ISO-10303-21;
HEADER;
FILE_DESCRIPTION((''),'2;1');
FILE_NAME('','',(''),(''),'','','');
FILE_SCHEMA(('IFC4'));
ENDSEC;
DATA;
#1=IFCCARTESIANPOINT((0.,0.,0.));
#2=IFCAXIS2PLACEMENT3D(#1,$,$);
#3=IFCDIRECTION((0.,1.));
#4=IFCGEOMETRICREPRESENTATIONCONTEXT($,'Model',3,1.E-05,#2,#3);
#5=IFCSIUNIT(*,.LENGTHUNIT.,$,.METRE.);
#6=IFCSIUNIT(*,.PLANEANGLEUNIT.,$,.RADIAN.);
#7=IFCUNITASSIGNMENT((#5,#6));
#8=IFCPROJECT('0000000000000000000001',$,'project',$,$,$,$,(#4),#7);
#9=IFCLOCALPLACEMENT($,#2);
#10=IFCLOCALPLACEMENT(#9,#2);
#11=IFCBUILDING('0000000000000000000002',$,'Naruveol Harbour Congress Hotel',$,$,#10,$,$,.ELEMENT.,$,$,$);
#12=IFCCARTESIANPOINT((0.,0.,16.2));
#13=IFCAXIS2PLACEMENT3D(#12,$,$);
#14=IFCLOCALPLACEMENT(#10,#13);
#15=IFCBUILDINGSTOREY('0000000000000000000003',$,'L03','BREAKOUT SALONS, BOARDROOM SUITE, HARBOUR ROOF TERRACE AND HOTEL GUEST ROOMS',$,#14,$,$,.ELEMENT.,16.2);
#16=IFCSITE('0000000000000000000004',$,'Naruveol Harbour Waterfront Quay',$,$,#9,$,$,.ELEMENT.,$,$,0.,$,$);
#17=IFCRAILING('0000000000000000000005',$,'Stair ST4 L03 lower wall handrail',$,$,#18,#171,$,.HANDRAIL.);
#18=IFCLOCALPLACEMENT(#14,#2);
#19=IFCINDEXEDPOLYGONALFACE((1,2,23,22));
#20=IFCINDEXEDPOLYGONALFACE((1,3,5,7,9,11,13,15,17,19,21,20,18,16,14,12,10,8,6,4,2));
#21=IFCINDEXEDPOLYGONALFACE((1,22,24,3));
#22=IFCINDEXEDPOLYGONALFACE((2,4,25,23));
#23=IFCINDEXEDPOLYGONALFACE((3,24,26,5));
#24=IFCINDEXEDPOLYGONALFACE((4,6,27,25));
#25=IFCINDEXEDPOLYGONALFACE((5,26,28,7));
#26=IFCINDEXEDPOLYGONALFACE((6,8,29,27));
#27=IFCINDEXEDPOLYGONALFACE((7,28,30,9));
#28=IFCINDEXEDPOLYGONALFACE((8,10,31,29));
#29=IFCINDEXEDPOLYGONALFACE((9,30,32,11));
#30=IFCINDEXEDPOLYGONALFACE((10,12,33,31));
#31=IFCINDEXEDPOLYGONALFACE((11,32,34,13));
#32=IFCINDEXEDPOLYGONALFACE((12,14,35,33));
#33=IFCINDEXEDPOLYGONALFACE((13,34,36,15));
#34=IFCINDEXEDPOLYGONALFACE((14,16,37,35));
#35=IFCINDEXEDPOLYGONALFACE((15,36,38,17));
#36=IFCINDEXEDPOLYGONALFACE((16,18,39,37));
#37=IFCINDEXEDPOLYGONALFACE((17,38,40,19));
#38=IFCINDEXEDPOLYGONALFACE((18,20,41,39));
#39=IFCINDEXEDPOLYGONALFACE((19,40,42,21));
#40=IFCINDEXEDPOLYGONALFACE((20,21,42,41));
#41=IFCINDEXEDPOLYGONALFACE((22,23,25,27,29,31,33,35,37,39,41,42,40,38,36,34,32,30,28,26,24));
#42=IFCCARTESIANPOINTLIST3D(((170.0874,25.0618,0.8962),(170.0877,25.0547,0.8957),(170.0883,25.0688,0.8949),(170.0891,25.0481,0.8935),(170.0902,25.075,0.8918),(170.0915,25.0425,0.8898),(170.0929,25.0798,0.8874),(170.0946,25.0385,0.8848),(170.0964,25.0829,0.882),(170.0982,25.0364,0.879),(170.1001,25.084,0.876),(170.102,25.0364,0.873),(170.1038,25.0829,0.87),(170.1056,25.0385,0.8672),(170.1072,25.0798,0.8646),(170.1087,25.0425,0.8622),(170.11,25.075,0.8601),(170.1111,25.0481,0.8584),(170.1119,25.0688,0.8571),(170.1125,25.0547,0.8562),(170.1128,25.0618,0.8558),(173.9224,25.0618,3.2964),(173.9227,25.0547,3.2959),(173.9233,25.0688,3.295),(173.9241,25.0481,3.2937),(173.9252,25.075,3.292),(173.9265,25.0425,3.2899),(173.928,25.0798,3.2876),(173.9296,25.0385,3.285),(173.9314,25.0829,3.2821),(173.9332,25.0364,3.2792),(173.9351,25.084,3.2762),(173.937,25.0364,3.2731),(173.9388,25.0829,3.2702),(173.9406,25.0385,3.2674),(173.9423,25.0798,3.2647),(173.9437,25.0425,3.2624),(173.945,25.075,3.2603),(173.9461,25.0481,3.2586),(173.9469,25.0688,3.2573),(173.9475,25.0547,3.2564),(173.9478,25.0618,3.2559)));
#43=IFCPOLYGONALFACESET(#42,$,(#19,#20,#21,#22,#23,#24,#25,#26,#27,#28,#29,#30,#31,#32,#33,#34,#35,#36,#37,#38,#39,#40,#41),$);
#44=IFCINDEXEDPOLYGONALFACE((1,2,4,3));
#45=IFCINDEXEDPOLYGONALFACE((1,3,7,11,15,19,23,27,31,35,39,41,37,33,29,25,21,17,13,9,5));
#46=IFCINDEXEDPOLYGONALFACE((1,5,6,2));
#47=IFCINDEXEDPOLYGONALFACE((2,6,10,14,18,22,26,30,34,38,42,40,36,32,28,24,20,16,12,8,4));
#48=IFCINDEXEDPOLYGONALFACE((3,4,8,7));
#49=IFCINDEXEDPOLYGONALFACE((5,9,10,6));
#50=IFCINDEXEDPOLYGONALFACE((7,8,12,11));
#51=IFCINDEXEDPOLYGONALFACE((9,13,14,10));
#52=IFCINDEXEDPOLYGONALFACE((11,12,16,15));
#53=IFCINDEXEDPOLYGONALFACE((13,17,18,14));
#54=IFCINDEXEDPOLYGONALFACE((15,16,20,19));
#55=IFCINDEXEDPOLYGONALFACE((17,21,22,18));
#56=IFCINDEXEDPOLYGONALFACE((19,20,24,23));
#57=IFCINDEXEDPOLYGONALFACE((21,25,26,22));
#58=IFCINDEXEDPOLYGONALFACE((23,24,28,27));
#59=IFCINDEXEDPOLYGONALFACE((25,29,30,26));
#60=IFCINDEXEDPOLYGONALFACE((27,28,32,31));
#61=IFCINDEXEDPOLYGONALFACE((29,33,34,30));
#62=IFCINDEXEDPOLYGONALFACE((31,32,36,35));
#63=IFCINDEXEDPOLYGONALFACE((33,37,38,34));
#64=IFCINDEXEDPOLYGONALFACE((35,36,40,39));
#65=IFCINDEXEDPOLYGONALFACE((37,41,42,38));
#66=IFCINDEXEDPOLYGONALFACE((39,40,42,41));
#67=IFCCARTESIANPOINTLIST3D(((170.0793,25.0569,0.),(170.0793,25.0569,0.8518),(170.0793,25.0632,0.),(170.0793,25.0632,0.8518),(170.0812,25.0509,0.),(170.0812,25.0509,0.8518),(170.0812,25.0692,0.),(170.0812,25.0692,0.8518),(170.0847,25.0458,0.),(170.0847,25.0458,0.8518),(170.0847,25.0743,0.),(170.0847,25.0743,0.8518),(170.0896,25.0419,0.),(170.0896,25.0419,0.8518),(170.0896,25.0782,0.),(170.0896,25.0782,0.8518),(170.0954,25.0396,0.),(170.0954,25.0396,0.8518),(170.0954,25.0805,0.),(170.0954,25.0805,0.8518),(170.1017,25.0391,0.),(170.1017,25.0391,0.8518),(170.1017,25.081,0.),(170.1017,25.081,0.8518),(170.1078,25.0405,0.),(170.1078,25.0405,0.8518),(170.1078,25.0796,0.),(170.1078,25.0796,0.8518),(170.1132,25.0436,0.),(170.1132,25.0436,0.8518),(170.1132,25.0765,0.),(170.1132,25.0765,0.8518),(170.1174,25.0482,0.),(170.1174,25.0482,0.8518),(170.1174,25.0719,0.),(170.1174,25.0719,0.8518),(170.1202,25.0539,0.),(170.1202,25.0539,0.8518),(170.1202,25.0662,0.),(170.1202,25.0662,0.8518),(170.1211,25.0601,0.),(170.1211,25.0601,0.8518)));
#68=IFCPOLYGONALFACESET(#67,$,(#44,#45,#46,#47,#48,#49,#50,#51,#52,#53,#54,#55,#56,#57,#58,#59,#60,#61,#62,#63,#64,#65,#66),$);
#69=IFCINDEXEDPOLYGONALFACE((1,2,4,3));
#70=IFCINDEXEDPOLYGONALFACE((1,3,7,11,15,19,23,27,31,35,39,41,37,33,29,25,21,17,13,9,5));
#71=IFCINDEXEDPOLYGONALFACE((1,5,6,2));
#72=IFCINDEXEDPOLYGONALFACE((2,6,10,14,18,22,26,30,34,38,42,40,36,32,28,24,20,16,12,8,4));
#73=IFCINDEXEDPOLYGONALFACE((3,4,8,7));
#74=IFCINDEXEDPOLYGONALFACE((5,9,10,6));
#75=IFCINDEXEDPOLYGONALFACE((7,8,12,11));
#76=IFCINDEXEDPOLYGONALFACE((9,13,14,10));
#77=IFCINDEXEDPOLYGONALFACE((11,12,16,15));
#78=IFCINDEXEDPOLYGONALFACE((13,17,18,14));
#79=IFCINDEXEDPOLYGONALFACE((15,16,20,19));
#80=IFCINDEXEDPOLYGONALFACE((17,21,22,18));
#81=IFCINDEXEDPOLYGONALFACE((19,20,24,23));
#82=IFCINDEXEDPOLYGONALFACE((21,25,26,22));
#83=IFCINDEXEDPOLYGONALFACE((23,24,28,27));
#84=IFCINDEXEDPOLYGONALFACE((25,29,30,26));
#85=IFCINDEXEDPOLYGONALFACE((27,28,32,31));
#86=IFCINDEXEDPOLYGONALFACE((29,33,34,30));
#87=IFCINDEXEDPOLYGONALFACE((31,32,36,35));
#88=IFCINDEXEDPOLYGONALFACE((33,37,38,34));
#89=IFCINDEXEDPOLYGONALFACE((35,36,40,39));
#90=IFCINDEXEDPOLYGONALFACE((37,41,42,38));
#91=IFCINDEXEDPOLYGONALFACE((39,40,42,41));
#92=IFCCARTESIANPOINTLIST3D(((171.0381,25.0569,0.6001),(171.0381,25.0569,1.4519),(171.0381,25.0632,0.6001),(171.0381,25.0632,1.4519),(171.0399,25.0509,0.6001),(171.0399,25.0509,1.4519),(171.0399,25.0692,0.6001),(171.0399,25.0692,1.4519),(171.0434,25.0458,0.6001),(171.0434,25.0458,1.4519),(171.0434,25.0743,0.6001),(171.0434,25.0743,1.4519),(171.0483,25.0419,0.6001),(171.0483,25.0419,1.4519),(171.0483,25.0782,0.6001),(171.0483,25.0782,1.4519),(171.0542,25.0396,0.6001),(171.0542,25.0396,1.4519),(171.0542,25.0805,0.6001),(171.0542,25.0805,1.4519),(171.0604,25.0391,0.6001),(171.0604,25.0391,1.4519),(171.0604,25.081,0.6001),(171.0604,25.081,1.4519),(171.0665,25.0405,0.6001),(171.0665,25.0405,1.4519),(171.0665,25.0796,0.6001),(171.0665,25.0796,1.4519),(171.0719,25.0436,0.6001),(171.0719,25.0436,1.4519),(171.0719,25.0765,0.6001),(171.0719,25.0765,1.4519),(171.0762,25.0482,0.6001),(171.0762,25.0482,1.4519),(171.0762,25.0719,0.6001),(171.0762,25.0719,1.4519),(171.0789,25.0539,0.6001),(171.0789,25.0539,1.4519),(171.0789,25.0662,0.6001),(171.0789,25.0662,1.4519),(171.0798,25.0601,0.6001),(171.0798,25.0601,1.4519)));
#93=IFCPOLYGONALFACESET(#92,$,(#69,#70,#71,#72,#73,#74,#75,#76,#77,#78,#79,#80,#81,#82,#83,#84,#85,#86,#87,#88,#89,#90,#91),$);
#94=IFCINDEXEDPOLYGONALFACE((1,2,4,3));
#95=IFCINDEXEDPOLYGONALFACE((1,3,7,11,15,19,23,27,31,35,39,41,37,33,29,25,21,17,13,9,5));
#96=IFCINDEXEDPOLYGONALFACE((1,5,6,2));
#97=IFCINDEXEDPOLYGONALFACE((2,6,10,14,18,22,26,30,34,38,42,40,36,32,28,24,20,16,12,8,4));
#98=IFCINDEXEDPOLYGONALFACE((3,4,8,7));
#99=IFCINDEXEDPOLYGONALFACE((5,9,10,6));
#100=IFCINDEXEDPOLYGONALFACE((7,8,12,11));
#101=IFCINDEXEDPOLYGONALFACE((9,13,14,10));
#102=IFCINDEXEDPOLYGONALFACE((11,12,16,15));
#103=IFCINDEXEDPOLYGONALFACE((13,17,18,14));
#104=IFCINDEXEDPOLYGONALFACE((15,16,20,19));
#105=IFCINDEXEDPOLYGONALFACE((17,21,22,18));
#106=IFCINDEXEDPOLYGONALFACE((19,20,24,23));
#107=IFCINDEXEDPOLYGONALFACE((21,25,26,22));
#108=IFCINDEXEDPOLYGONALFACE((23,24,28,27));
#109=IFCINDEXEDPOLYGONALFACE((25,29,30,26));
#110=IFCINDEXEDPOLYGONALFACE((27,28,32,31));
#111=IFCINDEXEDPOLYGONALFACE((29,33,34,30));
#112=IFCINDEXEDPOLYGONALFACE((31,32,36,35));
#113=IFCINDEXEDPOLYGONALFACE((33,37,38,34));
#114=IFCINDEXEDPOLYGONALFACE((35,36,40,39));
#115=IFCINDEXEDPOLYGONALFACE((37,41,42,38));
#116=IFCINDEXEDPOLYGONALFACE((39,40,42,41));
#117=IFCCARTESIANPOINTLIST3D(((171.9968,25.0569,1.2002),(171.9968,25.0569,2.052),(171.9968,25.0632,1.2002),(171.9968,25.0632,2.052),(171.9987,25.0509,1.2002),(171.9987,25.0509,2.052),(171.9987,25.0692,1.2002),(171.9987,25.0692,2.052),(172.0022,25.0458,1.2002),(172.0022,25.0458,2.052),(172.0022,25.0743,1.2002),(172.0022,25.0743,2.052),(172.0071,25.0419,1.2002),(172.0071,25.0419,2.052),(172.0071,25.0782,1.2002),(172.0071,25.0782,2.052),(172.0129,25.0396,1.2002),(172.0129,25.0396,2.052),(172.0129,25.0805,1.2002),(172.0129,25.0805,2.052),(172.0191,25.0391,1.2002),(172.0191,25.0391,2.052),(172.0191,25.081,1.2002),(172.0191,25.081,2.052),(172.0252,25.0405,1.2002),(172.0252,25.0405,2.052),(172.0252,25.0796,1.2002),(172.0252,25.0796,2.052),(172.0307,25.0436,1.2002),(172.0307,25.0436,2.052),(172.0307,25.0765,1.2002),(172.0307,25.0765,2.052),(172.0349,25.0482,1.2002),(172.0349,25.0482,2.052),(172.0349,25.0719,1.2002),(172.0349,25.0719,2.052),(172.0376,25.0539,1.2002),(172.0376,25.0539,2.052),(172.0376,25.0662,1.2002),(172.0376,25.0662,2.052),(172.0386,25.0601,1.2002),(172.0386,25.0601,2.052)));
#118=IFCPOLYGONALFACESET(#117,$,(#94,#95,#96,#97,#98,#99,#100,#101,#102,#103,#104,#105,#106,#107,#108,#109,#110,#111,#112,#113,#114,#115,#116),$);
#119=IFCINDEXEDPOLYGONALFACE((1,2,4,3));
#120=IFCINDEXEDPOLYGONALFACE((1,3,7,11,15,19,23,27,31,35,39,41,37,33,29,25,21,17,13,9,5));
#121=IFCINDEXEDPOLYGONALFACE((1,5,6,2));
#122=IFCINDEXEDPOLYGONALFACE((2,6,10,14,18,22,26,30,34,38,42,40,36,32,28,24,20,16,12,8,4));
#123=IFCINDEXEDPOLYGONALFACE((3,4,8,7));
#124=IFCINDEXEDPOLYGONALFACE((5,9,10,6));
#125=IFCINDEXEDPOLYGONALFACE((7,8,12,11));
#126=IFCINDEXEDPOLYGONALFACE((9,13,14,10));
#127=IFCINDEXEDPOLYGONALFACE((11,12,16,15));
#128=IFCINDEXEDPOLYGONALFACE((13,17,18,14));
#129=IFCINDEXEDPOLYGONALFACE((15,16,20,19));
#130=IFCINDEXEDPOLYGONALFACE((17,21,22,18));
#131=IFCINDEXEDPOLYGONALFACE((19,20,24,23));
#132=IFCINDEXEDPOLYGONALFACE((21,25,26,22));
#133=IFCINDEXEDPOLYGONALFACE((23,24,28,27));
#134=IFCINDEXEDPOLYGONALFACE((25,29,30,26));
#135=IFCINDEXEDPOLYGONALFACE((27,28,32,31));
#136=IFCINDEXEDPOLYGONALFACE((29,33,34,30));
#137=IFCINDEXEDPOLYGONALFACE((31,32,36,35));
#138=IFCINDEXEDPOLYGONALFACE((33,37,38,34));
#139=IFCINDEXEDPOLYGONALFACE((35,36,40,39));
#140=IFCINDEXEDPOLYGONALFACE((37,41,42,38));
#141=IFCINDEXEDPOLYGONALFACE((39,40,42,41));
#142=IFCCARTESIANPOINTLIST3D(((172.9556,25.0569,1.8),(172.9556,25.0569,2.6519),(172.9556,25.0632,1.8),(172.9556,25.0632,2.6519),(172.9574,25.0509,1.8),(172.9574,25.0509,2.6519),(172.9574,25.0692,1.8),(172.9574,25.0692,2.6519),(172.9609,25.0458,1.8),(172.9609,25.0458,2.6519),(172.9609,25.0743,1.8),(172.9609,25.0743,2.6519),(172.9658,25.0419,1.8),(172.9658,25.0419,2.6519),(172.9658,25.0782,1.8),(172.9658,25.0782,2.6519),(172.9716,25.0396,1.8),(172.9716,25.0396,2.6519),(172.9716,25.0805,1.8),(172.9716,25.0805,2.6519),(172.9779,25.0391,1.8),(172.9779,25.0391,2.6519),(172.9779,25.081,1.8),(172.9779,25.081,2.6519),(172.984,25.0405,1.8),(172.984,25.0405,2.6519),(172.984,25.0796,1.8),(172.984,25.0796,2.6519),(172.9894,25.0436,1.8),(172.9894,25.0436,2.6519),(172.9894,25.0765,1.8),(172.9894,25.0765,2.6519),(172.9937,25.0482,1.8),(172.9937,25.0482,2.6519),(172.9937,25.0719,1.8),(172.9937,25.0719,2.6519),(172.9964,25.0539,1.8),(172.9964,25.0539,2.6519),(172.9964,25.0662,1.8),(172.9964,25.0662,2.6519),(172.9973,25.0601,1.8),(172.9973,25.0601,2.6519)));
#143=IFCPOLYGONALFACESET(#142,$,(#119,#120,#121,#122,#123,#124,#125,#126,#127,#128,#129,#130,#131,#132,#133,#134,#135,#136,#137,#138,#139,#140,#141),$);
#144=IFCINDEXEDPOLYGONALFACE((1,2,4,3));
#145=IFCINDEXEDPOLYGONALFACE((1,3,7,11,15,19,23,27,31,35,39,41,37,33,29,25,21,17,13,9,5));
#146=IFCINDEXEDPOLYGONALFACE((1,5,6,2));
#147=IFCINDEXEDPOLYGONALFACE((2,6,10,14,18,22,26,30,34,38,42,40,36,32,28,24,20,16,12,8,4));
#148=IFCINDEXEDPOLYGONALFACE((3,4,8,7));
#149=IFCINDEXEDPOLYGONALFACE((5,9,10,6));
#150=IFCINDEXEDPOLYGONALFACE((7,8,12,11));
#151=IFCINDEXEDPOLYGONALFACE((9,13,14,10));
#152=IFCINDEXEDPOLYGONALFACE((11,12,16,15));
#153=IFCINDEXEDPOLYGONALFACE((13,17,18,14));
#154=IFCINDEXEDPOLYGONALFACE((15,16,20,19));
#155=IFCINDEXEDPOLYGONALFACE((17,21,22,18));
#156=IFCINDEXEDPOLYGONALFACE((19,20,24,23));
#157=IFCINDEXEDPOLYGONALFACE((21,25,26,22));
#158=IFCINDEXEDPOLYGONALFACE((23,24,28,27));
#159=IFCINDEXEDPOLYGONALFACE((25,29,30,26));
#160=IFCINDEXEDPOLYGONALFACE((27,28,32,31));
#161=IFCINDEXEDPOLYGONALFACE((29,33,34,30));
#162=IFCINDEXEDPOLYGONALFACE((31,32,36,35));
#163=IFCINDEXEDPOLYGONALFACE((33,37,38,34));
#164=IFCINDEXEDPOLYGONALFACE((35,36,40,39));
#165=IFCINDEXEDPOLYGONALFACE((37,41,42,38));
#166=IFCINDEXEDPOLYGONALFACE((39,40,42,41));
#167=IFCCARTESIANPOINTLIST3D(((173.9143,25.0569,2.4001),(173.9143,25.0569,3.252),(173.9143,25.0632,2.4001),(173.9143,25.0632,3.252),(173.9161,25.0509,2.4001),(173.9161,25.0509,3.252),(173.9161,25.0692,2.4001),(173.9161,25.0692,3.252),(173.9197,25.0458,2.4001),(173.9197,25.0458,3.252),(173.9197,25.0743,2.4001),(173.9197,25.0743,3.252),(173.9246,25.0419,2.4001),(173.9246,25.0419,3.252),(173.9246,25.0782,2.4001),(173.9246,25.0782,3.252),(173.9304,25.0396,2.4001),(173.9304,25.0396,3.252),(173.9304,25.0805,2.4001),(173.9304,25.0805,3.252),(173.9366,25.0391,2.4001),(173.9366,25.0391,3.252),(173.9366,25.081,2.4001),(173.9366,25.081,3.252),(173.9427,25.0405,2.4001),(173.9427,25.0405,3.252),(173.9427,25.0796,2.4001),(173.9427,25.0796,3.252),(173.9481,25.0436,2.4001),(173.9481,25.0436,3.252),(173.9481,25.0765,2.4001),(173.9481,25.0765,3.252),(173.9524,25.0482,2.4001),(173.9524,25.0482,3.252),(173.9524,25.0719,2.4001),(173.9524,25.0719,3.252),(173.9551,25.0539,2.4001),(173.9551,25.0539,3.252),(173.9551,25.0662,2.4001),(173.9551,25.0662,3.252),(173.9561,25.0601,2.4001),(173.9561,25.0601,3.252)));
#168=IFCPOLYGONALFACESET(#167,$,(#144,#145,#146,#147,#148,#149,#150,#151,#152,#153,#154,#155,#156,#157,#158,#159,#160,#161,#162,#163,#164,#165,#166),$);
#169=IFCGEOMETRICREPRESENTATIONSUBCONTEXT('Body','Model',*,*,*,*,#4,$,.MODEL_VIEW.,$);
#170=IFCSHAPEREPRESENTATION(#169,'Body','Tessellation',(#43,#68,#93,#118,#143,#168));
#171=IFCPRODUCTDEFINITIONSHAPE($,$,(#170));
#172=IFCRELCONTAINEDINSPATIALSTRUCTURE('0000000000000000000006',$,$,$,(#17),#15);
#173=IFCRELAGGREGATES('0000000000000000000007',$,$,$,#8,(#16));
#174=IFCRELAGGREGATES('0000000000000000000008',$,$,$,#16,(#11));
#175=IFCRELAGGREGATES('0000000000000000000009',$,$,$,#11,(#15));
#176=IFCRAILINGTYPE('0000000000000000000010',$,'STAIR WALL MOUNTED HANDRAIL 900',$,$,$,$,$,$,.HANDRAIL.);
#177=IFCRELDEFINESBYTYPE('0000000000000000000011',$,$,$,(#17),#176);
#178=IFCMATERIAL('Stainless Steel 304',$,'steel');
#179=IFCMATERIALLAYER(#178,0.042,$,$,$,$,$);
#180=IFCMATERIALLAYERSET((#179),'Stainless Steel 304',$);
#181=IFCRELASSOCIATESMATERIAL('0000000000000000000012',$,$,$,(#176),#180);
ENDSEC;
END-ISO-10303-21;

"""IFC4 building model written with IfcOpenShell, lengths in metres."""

from ifc_helpers import new_model, si_unit, direction, frame, origin, origin_2d, place, context, subcontext, project, spatial, circle, extrude, material, layer, layer_set, type_object, element, save


model = new_model("IFC4")

# Units and contexts
model_context = context("Model", 3, precision=1e-05, world=origin(), true_north=direction((0.0, 1.0)))
body_context = subcontext(model_context, "Body", "Model", "MODEL_VIEW")
ifc_project = project(units=[si_unit("LENGTHUNIT", "METRE"), si_unit("PLANEANGLEUNIT", "RADIAN")], contexts=[model_context])

# Site, building, storey
site_placement = place(None, origin())
site = spatial("IfcSite", under=ifc_project, at=site_placement, Name="Naruveol Harbour Waterfront Quay", CompositionType="ELEMENT", RefElevation=0.0)
building_placement = place(site_placement, origin())
building = spatial("IfcBuilding", under=site, at=building_placement, Name="Naruveol Harbour Congress Hotel", CompositionType="ELEMENT")
storey_placement = place(building_placement, frame((0.0, 0.0, 16.2)))
storey = spatial("IfcBuildingStorey", under=building, at=storey_placement, Name="L03", Description="BREAKOUT SALONS, BOARDROOM SUITE, HARBOUR ROOF TERRACE AND HOTEL GUEST ROOMS", CompositionType="ELEMENT", Elevation=16.2)

# Railing
ifc_material_1 = material(Name="Stainless Steel 304", Category="steel")
ifc_layer_1 = layer(ifc_material_1, 0.042)
ifc_layer_set_1 = layer_set([ifc_layer_1], Name="Stainless Steel 304")
railing_type_1 = type_object("IfcRailingType", Name="STAIR WALL MOUNTED HANDRAIL 900", PredefinedType="HANDRAIL", material=ifc_layer_set_1)
railing_1_placement = place(storey_placement, frame((170.1001, 25.0601, 0.0)))
element("IfcRailing", 1, at=railing_1_placement, inside=storey, type_object=railing_type_1, Name="Stair ST4 L03 lower wall handrail", PredefinedType="HANDRAIL", context=body_context, shape_type="SweptSolid", body=[
    extrude(circle(Radius=0.0239, at=origin_2d()), frame((0.0, 0.0, 0.876), z_axis=(0.847671, 0.0, 0.530523), x_axis=(0.0, 1.0, 0.0)), (0.0, 0.0, 1.0), 4.5242),
    extrude(circle(Radius=0.021, at=origin_2d()), origin(), (0.0, 0.0, 1.0), 0.8518),
    extrude(circle(Radius=0.021, at=origin_2d()), frame((0.9587, 0.0, 0.6001)), (0.0, 0.0, 1.0), 0.8518),
    extrude(circle(Radius=0.021, at=origin_2d()), frame((1.9175, 0.0, 1.2002)), (0.0, 0.0, 1.0), 0.8518),
    extrude(circle(Radius=0.021, at=origin_2d()), frame((2.8762, 0.0, 1.8)), (0.0, 0.0, 1.0), 0.8518),
    extrude(circle(Radius=0.021, at=origin_2d()), frame((3.835, 0.0, 2.4001)), (0.0, 0.0, 1.0), 0.8518),
])

save(model, "model.ifc")
